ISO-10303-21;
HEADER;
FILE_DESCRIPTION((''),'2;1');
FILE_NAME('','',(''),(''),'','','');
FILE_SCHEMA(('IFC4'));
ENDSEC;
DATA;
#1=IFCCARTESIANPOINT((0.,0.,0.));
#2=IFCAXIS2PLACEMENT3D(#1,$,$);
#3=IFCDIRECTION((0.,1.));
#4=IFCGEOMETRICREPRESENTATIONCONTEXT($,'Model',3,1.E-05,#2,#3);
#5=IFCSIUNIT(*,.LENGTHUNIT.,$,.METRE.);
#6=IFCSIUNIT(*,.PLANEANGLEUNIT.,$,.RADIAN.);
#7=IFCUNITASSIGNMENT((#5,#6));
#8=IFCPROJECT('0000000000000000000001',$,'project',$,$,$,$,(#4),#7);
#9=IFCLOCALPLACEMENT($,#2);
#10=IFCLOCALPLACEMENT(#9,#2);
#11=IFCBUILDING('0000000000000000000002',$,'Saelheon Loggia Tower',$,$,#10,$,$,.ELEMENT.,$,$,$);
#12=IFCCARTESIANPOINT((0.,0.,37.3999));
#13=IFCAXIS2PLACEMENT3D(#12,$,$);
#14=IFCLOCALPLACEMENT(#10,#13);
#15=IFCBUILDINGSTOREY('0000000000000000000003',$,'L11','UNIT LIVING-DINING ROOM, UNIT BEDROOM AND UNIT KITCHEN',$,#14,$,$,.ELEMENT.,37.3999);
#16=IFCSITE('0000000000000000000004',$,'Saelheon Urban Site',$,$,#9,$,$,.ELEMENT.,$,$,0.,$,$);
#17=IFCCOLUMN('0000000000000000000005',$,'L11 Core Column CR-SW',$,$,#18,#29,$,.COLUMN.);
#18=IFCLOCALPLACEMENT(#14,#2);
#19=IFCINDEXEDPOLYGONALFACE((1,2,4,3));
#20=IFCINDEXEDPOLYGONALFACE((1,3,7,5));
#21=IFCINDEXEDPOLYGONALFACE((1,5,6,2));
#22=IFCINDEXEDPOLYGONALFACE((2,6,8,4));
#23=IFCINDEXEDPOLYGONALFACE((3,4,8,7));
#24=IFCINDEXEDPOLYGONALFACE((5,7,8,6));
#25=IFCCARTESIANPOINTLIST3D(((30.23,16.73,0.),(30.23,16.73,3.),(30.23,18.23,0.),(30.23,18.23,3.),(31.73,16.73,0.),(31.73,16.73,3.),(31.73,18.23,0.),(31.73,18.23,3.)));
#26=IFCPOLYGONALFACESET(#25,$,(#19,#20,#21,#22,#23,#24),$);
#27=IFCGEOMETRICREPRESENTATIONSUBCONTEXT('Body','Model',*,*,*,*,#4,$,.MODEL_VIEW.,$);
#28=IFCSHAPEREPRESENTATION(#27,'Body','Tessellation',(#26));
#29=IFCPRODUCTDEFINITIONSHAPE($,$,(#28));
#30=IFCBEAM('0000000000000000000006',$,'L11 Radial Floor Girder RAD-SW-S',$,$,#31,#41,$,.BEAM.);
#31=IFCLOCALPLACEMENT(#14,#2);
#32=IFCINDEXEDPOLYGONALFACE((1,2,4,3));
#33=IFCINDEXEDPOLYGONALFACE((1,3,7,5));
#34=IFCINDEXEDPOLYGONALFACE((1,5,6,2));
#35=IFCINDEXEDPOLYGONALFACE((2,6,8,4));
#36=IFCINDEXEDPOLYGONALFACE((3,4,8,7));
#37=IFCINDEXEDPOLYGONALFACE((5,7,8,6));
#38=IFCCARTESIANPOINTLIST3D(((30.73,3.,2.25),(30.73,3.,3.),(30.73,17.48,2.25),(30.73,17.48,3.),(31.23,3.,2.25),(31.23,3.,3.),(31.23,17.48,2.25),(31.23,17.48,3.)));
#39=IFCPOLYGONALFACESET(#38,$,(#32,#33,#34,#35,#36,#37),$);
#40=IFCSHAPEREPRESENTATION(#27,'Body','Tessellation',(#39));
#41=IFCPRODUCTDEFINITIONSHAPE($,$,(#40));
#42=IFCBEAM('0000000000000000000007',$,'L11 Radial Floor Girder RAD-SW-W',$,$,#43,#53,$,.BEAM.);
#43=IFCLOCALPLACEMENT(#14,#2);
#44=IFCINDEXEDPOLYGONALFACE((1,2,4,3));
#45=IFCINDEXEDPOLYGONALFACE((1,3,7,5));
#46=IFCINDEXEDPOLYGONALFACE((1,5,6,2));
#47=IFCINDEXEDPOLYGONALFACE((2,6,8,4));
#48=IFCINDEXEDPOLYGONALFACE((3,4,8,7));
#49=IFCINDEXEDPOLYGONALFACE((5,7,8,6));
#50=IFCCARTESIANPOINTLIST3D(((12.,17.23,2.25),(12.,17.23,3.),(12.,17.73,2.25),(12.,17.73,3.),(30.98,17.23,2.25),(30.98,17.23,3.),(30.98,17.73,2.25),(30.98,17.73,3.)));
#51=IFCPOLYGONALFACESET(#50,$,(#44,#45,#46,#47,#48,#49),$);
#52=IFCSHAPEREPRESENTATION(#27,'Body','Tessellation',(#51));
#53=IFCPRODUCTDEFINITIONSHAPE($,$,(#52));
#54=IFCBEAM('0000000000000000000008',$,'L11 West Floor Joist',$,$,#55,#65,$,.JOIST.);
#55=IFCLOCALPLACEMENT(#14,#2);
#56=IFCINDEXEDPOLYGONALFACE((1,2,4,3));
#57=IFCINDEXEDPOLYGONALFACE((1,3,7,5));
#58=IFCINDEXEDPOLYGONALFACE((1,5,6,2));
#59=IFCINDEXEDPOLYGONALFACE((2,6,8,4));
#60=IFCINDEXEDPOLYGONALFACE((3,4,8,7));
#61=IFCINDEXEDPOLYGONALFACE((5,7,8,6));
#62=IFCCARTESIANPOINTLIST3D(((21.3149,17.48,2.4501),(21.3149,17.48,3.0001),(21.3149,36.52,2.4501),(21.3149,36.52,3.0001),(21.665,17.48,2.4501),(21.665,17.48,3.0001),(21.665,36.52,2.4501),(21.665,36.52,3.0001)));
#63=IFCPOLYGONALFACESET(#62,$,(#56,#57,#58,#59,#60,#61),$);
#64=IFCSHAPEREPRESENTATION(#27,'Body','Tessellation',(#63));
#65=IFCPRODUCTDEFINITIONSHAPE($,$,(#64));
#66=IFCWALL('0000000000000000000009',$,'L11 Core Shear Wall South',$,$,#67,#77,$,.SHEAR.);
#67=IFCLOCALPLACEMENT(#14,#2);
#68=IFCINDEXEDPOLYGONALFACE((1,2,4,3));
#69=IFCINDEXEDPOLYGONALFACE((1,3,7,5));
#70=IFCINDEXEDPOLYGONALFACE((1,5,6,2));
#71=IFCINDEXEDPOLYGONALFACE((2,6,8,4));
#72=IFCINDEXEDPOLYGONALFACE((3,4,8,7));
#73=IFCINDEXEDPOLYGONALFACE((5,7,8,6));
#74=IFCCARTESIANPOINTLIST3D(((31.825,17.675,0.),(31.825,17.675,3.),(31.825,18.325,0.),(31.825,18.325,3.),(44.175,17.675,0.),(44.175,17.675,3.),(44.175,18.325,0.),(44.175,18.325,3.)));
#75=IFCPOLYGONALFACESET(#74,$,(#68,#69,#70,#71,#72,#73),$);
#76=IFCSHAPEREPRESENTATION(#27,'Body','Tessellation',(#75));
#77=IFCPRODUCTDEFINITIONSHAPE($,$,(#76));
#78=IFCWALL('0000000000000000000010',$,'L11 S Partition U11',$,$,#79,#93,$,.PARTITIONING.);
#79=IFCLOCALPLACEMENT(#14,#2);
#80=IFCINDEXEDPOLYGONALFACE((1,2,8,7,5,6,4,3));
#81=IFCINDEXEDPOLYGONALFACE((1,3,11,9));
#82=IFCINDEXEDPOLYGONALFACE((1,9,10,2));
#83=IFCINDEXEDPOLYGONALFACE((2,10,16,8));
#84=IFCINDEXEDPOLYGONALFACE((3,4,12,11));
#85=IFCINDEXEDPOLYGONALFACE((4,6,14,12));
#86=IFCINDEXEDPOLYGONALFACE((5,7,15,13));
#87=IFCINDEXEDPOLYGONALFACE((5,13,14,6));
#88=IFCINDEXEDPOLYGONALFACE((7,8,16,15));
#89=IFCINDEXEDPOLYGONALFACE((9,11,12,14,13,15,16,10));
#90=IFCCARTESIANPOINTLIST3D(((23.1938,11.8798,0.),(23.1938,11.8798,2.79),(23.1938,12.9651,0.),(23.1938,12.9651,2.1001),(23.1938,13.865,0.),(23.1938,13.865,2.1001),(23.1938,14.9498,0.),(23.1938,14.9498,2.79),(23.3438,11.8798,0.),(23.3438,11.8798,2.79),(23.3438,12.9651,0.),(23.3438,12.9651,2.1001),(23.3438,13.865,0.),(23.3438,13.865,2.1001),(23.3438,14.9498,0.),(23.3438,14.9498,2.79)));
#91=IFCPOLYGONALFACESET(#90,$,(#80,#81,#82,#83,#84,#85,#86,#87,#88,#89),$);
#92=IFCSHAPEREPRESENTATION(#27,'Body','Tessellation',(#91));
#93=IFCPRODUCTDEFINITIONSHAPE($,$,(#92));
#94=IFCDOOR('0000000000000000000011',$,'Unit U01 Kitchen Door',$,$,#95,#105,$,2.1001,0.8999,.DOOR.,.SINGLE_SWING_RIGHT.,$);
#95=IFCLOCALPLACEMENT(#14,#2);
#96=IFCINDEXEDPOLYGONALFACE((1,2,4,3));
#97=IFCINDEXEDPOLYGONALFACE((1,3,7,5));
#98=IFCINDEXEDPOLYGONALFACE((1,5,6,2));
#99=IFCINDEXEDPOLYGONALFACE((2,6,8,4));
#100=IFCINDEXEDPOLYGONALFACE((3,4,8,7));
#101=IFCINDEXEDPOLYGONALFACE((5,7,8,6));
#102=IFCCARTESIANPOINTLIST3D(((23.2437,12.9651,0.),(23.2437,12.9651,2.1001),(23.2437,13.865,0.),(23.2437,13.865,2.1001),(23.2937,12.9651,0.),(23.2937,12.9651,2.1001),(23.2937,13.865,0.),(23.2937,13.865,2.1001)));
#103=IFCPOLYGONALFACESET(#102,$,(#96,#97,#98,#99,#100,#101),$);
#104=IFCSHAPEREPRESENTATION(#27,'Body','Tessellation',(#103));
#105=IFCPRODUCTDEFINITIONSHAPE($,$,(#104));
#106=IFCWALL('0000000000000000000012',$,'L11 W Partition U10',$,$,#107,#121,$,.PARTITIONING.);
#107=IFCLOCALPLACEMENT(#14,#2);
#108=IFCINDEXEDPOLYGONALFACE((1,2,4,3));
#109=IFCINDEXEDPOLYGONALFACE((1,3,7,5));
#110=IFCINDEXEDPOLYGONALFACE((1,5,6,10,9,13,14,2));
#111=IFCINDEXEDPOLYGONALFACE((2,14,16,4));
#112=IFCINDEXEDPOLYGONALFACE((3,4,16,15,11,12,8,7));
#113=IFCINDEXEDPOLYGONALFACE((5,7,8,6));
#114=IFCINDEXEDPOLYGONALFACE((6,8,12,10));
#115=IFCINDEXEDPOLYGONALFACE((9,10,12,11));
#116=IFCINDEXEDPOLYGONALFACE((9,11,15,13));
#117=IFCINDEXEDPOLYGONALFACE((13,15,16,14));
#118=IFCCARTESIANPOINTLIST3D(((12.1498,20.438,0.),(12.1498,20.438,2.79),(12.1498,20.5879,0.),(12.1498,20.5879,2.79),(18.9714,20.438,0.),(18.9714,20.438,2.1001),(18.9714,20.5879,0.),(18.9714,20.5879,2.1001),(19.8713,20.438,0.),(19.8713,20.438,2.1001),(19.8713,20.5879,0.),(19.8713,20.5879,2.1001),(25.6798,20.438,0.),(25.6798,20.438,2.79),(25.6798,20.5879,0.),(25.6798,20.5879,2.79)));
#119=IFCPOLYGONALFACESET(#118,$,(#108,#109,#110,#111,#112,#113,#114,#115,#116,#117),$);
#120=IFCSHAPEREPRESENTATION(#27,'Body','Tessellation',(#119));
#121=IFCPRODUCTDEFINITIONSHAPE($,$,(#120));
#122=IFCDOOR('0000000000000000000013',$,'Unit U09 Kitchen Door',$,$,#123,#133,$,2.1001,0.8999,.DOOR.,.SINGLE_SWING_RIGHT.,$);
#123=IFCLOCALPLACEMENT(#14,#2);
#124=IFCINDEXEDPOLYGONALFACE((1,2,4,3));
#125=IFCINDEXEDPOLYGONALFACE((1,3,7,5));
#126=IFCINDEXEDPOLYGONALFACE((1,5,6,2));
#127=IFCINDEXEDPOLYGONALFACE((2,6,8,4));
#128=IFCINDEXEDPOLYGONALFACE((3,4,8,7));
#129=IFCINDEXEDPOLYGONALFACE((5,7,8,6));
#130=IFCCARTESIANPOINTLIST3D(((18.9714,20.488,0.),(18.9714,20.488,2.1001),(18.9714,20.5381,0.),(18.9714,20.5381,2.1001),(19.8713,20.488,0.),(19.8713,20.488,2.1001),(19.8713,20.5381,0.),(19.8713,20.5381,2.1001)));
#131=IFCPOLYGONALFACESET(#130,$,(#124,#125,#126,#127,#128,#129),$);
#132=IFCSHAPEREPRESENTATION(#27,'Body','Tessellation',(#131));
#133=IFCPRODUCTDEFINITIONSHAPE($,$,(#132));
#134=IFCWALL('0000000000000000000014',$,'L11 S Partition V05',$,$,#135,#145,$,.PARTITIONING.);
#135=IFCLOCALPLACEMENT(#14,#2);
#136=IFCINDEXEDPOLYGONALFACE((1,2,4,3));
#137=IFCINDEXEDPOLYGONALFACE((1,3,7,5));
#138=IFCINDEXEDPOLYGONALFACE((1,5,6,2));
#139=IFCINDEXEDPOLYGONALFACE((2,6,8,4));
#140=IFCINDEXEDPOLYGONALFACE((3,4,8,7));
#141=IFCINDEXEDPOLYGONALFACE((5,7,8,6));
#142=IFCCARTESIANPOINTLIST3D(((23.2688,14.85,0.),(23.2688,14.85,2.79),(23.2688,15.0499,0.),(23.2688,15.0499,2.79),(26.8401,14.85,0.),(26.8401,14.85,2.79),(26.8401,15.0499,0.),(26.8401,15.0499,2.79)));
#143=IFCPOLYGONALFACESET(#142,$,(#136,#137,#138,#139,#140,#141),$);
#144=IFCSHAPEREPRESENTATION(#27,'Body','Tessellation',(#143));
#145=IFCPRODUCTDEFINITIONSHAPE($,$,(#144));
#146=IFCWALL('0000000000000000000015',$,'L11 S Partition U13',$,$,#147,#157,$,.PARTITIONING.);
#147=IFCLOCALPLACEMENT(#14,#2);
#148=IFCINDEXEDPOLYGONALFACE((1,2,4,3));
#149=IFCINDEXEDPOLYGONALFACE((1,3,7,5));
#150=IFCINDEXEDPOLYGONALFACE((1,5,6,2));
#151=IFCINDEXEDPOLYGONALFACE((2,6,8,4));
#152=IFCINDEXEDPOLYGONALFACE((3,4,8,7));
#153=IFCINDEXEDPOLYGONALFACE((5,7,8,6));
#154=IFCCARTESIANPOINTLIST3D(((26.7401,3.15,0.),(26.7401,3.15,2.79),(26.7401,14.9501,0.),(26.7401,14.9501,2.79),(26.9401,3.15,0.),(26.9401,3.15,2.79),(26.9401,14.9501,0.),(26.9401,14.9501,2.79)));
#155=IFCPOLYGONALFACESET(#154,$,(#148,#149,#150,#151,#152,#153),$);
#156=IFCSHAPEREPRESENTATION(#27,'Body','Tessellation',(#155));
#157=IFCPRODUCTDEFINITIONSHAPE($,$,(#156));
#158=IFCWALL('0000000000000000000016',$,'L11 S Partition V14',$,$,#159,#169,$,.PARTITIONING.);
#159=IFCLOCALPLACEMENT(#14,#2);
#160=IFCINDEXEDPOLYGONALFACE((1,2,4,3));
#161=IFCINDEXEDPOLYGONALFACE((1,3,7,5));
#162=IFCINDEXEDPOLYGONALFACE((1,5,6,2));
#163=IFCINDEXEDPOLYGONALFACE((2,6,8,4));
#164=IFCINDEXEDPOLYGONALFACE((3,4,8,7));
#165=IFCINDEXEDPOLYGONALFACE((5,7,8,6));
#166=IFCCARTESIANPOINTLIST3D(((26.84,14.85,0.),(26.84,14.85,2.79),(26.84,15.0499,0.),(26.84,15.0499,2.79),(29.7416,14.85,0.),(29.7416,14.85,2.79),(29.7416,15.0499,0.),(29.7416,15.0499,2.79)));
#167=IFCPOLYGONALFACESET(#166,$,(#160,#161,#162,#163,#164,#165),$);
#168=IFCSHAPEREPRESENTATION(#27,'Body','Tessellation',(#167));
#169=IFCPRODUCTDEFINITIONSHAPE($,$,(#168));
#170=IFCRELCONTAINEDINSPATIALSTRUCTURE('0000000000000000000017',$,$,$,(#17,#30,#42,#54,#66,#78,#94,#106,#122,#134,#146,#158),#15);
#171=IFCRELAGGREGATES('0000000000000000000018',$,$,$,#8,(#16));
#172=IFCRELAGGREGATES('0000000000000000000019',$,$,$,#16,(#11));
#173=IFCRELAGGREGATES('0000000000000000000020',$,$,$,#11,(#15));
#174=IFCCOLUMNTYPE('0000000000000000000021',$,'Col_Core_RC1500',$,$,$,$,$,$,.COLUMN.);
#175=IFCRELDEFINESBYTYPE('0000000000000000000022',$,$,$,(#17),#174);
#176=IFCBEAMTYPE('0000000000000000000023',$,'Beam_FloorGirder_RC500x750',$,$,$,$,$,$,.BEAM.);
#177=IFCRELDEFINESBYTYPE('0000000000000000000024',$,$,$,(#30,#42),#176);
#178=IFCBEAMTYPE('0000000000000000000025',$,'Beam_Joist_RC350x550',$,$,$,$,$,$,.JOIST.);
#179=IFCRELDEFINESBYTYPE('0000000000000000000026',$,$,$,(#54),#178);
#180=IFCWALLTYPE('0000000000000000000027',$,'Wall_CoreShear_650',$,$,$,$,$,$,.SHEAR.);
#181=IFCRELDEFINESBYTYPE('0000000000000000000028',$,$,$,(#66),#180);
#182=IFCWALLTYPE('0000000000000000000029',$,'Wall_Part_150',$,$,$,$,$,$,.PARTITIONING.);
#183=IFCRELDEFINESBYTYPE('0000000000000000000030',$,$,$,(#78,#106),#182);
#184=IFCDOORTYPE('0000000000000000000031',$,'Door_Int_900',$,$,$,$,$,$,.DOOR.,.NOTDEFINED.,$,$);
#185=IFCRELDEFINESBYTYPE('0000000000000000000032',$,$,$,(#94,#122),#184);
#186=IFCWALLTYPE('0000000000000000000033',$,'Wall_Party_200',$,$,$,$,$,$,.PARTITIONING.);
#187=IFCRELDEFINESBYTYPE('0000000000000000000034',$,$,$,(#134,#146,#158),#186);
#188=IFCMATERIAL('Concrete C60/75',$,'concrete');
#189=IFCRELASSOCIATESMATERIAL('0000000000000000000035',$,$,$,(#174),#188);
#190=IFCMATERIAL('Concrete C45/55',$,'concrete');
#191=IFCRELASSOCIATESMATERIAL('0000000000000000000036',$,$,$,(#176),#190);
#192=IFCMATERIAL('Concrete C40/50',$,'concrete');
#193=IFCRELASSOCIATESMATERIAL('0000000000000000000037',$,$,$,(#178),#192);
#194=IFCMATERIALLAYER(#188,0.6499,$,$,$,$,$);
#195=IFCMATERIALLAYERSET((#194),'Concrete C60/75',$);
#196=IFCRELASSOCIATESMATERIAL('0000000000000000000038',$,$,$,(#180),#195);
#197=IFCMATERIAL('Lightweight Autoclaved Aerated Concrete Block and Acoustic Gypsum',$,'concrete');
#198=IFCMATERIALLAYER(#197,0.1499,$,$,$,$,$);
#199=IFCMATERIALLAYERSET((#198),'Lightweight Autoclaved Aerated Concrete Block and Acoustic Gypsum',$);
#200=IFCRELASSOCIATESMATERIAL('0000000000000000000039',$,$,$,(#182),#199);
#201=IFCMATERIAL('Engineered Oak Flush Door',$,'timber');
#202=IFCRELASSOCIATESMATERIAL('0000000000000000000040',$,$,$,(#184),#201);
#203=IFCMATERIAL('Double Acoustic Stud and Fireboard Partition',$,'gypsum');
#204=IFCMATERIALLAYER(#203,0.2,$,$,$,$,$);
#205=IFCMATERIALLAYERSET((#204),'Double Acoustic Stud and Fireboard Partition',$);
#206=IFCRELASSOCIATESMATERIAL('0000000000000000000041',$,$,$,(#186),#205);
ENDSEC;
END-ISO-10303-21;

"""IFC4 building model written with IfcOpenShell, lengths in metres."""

from ifc_helpers import new_model, si_unit, direction, frame, frame_2d, origin, origin_2d, place, context, subcontext, project, spatial, rectangle, extrude, source, transform, mapped, material, layer, layer_set, material_profile, profile_set, type_object, element, fill, save


model = new_model("IFC4")

# Units and contexts
model_context = context("Model", 3, precision=1e-05, world=origin(), true_north=direction((0.0, 1.0)))
body_context = subcontext(model_context, "Body", "Model", "MODEL_VIEW")
ifc_project = project(units=[si_unit("LENGTHUNIT", "METRE"), si_unit("PLANEANGLEUNIT", "RADIAN")], contexts=[model_context])

# Site, building, storey
site_placement = place(None, origin())
site = spatial("IfcSite", under=ifc_project, at=site_placement, Name="Saelheon Urban Site", CompositionType="ELEMENT", RefElevation=0.0)
building_placement = place(site_placement, origin())
building = spatial("IfcBuilding", under=site, at=building_placement, Name="Saelheon Loggia Tower", CompositionType="ELEMENT")
storey_placement = place(building_placement, frame((0.0, 0.0, 37.3999)))
storey = spatial("IfcBuildingStorey", under=building, at=storey_placement, Name="L11", Description="UNIT LIVING-DINING ROOM, UNIT BEDROOM AND UNIT KITCHEN", CompositionType="ELEMENT", Elevation=37.3999)

# Column
ifc_material_1 = material(Name="Concrete C60/75", Category="concrete")
ifc_material_profile_1 = material_profile(ifc_material_1, rectangle(XDim=1.5, YDim=1.5, at=origin_2d()), Name="RC-1500x1500")
ifc_profile_set_1 = profile_set([ifc_material_profile_1], Name="Concrete C60/75")
column_type = type_object("IfcColumnType", Name="Col_Core_RC1500", PredefinedType="COLUMN", material=ifc_profile_set_1)
shared_shape_1 = source(origin(), body_context, "Body", "SweptSolid", [
    extrude(rectangle(XDim=1.5, YDim=1.5, at=origin_2d()), origin(), (0.0, 0.0, 1.0), 3.0),
])
column_placement = place(storey_placement, frame((30.98, 17.48, 0.0), z_axis=(0.0, 0.0, 1.0), x_axis=(1.0, 0.0, 0.0)))
element("IfcColumn", 1, at=column_placement, inside=storey, type_object=column_type, Name="L11 Core Column CR-SW", PredefinedType="COLUMN", context=body_context, shape_type="MappedRepresentation", body=[
    mapped(shared_shape_1, transform((0.0, 0.0, 0.0), scale=1.0)),
])

# Beams
ifc_material_2 = material(Name="Concrete C45/55", Category="concrete")
ifc_material_profile_2 = material_profile(ifc_material_2, rectangle(XDim=0.5, YDim=0.75, at=origin_2d()), Name="RC-500x750")
ifc_profile_set_2 = profile_set([ifc_material_profile_2], Name="Concrete C45/55")
beam_type_1 = type_object("IfcBeamType", Name="Beam_FloorGirder_RC500x750", PredefinedType="BEAM", material=ifc_profile_set_2)
shared_shape_2 = source(origin(), body_context, "Body", "SweptSolid", [
    extrude(rectangle(XDim=0.5, YDim=0.75, at=origin_2d()), origin(), (0.0, 0.0, 1.0), 14.48),
])
beam_1_placement = place(storey_placement, frame((30.98, 17.48, 2.625), z_axis=(0.0, -1.0, 0.0), x_axis=(1.0, 0.0, 0.0)))
element("IfcBeam", 2, at=beam_1_placement, inside=storey, type_object=beam_type_1, Name="L11 Radial Floor Girder RAD-SW-S", PredefinedType="BEAM", context=body_context, shape_type="MappedRepresentation", body=[
    mapped(shared_shape_2, transform((0.0, 0.0, 0.0), scale=1.0)),
])
shared_shape_3 = source(origin(), body_context, "Body", "SweptSolid", [
    extrude(rectangle(XDim=0.5, YDim=0.75, at=origin_2d()), origin(), (0.0, 0.0, 1.0), 18.98),
])
beam_2_placement = place(storey_placement, frame((30.98, 17.48, 2.625), z_axis=(-1.0, 0.0, 0.0), x_axis=(0.0, -1.0, 0.0)))
element("IfcBeam", 3, at=beam_2_placement, inside=storey, type_object=beam_type_1, Name="L11 Radial Floor Girder RAD-SW-W", PredefinedType="BEAM", context=body_context, shape_type="MappedRepresentation", body=[
    mapped(shared_shape_3, transform((0.0, 0.0, 0.0), scale=1.0)),
])
ifc_material_3 = material(Name="Concrete C40/50", Category="concrete")
ifc_material_profile_3 = material_profile(ifc_material_3, rectangle(XDim=0.3501, YDim=0.55, at=origin_2d()), Name="RC-350x550")
ifc_profile_set_3 = profile_set([ifc_material_profile_3], Name="Concrete C40/50")
beam_type_2 = type_object("IfcBeamType", Name="Beam_Joist_RC350x550", PredefinedType="JOIST", material=ifc_profile_set_3)
shared_shape_4 = source(origin(), body_context, "Body", "SweptSolid", [
    extrude(rectangle(XDim=0.3501, YDim=0.55, at=origin_2d()), origin(), (0.0, 0.0, 1.0), 19.04),
])
beam_3_placement = place(storey_placement, frame((21.49, 17.48, 2.7251), z_axis=(0.0, 1.0, 0.0), x_axis=(-1.0, 0.0, 0.0)))
element("IfcBeam", 4, at=beam_3_placement, inside=storey, type_object=beam_type_2, Name="L11 West Floor Joist", PredefinedType="JOIST", context=body_context, shape_type="MappedRepresentation", body=[
    mapped(shared_shape_4, transform((0.0, 0.0, 0.0), scale=1.0)),
])

# Shared definitions
ifc_layer_1 = layer(ifc_material_1, 0.6499)
ifc_layer_set_1 = layer_set([ifc_layer_1], Name="Concrete C60/75")
wall_type_1 = type_object("IfcWallType", Name="Wall_CoreShear_650", PredefinedType="SHEAR", material=ifc_layer_set_1)

# Wall
wall_1_placement = place(storey_placement, frame((31.825, 18.0, 0.0), z_axis=(0.0, 0.0, 1.0), x_axis=(1.0, 0.0, 0.0)))
element("IfcWall", 5, at=wall_1_placement, inside=storey, type_object=wall_type_1, Name="L11 Core Shear Wall South", PredefinedType="SHEAR", context=body_context, shape_type="SweptSolid", body=[
    extrude(rectangle(XDim=12.3501, YDim=0.6499, at=frame_2d((6.175, 0.0))), origin(), (0.0, 0.0, 1.0), 3.0),
])

# Walls, openings, doors
ifc_material_4 = material(Name="Lightweight Autoclaved Aerated Concrete Block and Acoustic Gypsum", Category="concrete")
ifc_layer_2 = layer(ifc_material_4, 0.1499)
ifc_layer_set_2 = layer_set([ifc_layer_2], Name="Lightweight Autoclaved Aerated Concrete Block and Acoustic Gypsum")
wall_type_2 = type_object("IfcWallType", Name="Wall_Part_150", PredefinedType="PARTITIONING", material=ifc_layer_set_2)
wall_2_placement = place(storey_placement, frame((23.2688, 14.95, 0.0), z_axis=(0.0, 0.0, 1.0), x_axis=(0.0, -1.0, 0.0)))
wall_2 = element("IfcWall", 6, at=wall_2_placement, inside=storey, type_object=wall_type_2, Name="L11 S Partition U11", PredefinedType="PARTITIONING", context=body_context, shape_type="SweptSolid", body=[
    extrude(rectangle(XDim=3.0701, YDim=0.1499, at=frame_2d((1.5352, 0.0))), origin(), (0.0, 0.0, 1.0), 2.79),
])
opening_1_placement = place(wall_2_placement, frame((1.085, 0.0, 0.0)))
opening_1 = element("IfcOpeningElement", 7, at=opening_1_placement, cuts=wall_2, PredefinedType="OPENING", context=body_context, shape_type="SweptSolid", body=[
    extrude(rectangle(XDim=0.8999, YDim=2.1001, at=frame_2d((0.45, 1.05))), frame((0.0, 0.0869, 0.0), z_axis=(0.0, -1.0, 0.0), x_axis=(1.0, 0.0, 0.0)), (0.0, 0.0, 1.0), 0.1738),
])
ifc_material_5 = material(Name="Engineered Oak Flush Door", Category="timber")
door_type_1 = type_object("IfcDoorType", Name="Door_Int_900", OperationType="NOTDEFINED", PredefinedType="DOOR", material=ifc_material_5)
shared_shape_5 = source(origin(), body_context, "Body", "SweptSolid", [
    extrude(rectangle(XDim=0.8999, YDim=2.1001, at=frame_2d((0.45, 1.05))), frame((0.0, 0.0249, 0.0), z_axis=(0.0, -1.0, 0.0), x_axis=(1.0, 0.0, 0.0)), (0.0, 0.0, 1.0), 0.05),
])
door_1_placement = place(opening_1_placement, origin())
door_1 = element("IfcDoor", 8, at=door_1_placement, inside=storey, type_object=door_type_1, Name="Unit U01 Kitchen Door", OperationType="SINGLE_SWING_RIGHT", OverallHeight=2.1001, OverallWidth=0.8999, PredefinedType="DOOR", context=body_context, shape_type="MappedRepresentation", body=[
    mapped(shared_shape_5, transform((0.0, 0.0, 0.0), scale=1.0)),
])
fill(opening_1, door_1)
wall_3_placement = place(storey_placement, frame((25.6799, 20.5129, 0.0), z_axis=(0.0, 0.0, 1.0), x_axis=(-1.0, 0.0, 0.0)))
wall_3 = element("IfcWall", 9, at=wall_3_placement, inside=storey, type_object=wall_type_2, Name="L11 W Partition U10", PredefinedType="PARTITIONING", context=body_context, shape_type="SweptSolid", body=[
    extrude(rectangle(XDim=13.53, YDim=0.1499, at=frame_2d((6.7651, 0.0))), origin(), (0.0, 0.0, 1.0), 2.79),
])
opening_2_placement = place(wall_3_placement, frame((5.8086, 0.0, 0.0)))
opening_2 = element("IfcOpeningElement", 10, at=opening_2_placement, cuts=wall_3, PredefinedType="OPENING", context=body_context, shape_type="SweptSolid", body=[
    extrude(rectangle(XDim=0.8999, YDim=2.1001, at=frame_2d((0.45, 1.05))), frame((0.0, 0.0869, 0.0), z_axis=(0.0, -1.0, 0.0), x_axis=(1.0, 0.0, 0.0)), (0.0, 0.0, 1.0), 0.1738),
])
door_2_placement = place(opening_2_placement, origin())
door_2 = element("IfcDoor", 11, at=door_2_placement, inside=storey, type_object=door_type_1, Name="Unit U09 Kitchen Door", OperationType="SINGLE_SWING_RIGHT", OverallHeight=2.1001, OverallWidth=0.8999, PredefinedType="DOOR", context=body_context, shape_type="MappedRepresentation", body=[
    mapped(shared_shape_5, transform((0.0, 0.0, 0.0), scale=1.0)),
])
fill(opening_2, door_2)

# Walls
ifc_material_6 = material(Name="Double Acoustic Stud and Fireboard Partition", Category="gypsum")
ifc_layer_3 = layer(ifc_material_6, 0.2)
ifc_layer_set_3 = layer_set([ifc_layer_3], Name="Double Acoustic Stud and Fireboard Partition")
wall_type_3 = type_object("IfcWallType", Name="Wall_Party_200", PredefinedType="PARTITIONING", material=ifc_layer_set_3)
wall_4_placement = place(storey_placement, frame((23.2688, 14.95, 0.0), z_axis=(0.0, 0.0, 1.0), x_axis=(1.0, 0.0, 0.0)))
element("IfcWall", 12, at=wall_4_placement, inside=storey, type_object=wall_type_3, Name="L11 S Partition V05", PredefinedType="PARTITIONING", context=body_context, shape_type="SweptSolid", body=[
    extrude(rectangle(XDim=3.5713, YDim=0.2, at=frame_2d((1.7856, 0.0))), origin(), (0.0, 0.0, 1.0), 2.79),
])
wall_5_placement = place(storey_placement, frame((26.8401, 14.95, 0.0), z_axis=(0.0, 0.0, 1.0), x_axis=(0.0, -1.0, 0.0)))
element("IfcWall", 13, at=wall_5_placement, inside=storey, type_object=wall_type_3, Name="L11 S Partition U13", PredefinedType="PARTITIONING", context=body_context, shape_type="SweptSolid", body=[
    extrude(rectangle(XDim=11.8, YDim=0.2, at=frame_2d((5.8999, 0.0))), origin(), (0.0, 0.0, 1.0), 2.79),
])
wall_6_placement = place(storey_placement, frame((26.8401, 14.95, 0.0), z_axis=(0.0, 0.0, 1.0), x_axis=(1.0, 0.0, 0.0)))
element("IfcWall", 14, at=wall_6_placement, inside=storey, type_object=wall_type_3, Name="L11 S Partition V14", PredefinedType="PARTITIONING", context=body_context, shape_type="SweptSolid", body=[
    extrude(rectangle(XDim=2.9016, YDim=0.2, at=frame_2d((1.4507, 0.0))), origin(), (0.0, 0.0, 1.0), 2.79),
])

save(model, "model.ifc")
